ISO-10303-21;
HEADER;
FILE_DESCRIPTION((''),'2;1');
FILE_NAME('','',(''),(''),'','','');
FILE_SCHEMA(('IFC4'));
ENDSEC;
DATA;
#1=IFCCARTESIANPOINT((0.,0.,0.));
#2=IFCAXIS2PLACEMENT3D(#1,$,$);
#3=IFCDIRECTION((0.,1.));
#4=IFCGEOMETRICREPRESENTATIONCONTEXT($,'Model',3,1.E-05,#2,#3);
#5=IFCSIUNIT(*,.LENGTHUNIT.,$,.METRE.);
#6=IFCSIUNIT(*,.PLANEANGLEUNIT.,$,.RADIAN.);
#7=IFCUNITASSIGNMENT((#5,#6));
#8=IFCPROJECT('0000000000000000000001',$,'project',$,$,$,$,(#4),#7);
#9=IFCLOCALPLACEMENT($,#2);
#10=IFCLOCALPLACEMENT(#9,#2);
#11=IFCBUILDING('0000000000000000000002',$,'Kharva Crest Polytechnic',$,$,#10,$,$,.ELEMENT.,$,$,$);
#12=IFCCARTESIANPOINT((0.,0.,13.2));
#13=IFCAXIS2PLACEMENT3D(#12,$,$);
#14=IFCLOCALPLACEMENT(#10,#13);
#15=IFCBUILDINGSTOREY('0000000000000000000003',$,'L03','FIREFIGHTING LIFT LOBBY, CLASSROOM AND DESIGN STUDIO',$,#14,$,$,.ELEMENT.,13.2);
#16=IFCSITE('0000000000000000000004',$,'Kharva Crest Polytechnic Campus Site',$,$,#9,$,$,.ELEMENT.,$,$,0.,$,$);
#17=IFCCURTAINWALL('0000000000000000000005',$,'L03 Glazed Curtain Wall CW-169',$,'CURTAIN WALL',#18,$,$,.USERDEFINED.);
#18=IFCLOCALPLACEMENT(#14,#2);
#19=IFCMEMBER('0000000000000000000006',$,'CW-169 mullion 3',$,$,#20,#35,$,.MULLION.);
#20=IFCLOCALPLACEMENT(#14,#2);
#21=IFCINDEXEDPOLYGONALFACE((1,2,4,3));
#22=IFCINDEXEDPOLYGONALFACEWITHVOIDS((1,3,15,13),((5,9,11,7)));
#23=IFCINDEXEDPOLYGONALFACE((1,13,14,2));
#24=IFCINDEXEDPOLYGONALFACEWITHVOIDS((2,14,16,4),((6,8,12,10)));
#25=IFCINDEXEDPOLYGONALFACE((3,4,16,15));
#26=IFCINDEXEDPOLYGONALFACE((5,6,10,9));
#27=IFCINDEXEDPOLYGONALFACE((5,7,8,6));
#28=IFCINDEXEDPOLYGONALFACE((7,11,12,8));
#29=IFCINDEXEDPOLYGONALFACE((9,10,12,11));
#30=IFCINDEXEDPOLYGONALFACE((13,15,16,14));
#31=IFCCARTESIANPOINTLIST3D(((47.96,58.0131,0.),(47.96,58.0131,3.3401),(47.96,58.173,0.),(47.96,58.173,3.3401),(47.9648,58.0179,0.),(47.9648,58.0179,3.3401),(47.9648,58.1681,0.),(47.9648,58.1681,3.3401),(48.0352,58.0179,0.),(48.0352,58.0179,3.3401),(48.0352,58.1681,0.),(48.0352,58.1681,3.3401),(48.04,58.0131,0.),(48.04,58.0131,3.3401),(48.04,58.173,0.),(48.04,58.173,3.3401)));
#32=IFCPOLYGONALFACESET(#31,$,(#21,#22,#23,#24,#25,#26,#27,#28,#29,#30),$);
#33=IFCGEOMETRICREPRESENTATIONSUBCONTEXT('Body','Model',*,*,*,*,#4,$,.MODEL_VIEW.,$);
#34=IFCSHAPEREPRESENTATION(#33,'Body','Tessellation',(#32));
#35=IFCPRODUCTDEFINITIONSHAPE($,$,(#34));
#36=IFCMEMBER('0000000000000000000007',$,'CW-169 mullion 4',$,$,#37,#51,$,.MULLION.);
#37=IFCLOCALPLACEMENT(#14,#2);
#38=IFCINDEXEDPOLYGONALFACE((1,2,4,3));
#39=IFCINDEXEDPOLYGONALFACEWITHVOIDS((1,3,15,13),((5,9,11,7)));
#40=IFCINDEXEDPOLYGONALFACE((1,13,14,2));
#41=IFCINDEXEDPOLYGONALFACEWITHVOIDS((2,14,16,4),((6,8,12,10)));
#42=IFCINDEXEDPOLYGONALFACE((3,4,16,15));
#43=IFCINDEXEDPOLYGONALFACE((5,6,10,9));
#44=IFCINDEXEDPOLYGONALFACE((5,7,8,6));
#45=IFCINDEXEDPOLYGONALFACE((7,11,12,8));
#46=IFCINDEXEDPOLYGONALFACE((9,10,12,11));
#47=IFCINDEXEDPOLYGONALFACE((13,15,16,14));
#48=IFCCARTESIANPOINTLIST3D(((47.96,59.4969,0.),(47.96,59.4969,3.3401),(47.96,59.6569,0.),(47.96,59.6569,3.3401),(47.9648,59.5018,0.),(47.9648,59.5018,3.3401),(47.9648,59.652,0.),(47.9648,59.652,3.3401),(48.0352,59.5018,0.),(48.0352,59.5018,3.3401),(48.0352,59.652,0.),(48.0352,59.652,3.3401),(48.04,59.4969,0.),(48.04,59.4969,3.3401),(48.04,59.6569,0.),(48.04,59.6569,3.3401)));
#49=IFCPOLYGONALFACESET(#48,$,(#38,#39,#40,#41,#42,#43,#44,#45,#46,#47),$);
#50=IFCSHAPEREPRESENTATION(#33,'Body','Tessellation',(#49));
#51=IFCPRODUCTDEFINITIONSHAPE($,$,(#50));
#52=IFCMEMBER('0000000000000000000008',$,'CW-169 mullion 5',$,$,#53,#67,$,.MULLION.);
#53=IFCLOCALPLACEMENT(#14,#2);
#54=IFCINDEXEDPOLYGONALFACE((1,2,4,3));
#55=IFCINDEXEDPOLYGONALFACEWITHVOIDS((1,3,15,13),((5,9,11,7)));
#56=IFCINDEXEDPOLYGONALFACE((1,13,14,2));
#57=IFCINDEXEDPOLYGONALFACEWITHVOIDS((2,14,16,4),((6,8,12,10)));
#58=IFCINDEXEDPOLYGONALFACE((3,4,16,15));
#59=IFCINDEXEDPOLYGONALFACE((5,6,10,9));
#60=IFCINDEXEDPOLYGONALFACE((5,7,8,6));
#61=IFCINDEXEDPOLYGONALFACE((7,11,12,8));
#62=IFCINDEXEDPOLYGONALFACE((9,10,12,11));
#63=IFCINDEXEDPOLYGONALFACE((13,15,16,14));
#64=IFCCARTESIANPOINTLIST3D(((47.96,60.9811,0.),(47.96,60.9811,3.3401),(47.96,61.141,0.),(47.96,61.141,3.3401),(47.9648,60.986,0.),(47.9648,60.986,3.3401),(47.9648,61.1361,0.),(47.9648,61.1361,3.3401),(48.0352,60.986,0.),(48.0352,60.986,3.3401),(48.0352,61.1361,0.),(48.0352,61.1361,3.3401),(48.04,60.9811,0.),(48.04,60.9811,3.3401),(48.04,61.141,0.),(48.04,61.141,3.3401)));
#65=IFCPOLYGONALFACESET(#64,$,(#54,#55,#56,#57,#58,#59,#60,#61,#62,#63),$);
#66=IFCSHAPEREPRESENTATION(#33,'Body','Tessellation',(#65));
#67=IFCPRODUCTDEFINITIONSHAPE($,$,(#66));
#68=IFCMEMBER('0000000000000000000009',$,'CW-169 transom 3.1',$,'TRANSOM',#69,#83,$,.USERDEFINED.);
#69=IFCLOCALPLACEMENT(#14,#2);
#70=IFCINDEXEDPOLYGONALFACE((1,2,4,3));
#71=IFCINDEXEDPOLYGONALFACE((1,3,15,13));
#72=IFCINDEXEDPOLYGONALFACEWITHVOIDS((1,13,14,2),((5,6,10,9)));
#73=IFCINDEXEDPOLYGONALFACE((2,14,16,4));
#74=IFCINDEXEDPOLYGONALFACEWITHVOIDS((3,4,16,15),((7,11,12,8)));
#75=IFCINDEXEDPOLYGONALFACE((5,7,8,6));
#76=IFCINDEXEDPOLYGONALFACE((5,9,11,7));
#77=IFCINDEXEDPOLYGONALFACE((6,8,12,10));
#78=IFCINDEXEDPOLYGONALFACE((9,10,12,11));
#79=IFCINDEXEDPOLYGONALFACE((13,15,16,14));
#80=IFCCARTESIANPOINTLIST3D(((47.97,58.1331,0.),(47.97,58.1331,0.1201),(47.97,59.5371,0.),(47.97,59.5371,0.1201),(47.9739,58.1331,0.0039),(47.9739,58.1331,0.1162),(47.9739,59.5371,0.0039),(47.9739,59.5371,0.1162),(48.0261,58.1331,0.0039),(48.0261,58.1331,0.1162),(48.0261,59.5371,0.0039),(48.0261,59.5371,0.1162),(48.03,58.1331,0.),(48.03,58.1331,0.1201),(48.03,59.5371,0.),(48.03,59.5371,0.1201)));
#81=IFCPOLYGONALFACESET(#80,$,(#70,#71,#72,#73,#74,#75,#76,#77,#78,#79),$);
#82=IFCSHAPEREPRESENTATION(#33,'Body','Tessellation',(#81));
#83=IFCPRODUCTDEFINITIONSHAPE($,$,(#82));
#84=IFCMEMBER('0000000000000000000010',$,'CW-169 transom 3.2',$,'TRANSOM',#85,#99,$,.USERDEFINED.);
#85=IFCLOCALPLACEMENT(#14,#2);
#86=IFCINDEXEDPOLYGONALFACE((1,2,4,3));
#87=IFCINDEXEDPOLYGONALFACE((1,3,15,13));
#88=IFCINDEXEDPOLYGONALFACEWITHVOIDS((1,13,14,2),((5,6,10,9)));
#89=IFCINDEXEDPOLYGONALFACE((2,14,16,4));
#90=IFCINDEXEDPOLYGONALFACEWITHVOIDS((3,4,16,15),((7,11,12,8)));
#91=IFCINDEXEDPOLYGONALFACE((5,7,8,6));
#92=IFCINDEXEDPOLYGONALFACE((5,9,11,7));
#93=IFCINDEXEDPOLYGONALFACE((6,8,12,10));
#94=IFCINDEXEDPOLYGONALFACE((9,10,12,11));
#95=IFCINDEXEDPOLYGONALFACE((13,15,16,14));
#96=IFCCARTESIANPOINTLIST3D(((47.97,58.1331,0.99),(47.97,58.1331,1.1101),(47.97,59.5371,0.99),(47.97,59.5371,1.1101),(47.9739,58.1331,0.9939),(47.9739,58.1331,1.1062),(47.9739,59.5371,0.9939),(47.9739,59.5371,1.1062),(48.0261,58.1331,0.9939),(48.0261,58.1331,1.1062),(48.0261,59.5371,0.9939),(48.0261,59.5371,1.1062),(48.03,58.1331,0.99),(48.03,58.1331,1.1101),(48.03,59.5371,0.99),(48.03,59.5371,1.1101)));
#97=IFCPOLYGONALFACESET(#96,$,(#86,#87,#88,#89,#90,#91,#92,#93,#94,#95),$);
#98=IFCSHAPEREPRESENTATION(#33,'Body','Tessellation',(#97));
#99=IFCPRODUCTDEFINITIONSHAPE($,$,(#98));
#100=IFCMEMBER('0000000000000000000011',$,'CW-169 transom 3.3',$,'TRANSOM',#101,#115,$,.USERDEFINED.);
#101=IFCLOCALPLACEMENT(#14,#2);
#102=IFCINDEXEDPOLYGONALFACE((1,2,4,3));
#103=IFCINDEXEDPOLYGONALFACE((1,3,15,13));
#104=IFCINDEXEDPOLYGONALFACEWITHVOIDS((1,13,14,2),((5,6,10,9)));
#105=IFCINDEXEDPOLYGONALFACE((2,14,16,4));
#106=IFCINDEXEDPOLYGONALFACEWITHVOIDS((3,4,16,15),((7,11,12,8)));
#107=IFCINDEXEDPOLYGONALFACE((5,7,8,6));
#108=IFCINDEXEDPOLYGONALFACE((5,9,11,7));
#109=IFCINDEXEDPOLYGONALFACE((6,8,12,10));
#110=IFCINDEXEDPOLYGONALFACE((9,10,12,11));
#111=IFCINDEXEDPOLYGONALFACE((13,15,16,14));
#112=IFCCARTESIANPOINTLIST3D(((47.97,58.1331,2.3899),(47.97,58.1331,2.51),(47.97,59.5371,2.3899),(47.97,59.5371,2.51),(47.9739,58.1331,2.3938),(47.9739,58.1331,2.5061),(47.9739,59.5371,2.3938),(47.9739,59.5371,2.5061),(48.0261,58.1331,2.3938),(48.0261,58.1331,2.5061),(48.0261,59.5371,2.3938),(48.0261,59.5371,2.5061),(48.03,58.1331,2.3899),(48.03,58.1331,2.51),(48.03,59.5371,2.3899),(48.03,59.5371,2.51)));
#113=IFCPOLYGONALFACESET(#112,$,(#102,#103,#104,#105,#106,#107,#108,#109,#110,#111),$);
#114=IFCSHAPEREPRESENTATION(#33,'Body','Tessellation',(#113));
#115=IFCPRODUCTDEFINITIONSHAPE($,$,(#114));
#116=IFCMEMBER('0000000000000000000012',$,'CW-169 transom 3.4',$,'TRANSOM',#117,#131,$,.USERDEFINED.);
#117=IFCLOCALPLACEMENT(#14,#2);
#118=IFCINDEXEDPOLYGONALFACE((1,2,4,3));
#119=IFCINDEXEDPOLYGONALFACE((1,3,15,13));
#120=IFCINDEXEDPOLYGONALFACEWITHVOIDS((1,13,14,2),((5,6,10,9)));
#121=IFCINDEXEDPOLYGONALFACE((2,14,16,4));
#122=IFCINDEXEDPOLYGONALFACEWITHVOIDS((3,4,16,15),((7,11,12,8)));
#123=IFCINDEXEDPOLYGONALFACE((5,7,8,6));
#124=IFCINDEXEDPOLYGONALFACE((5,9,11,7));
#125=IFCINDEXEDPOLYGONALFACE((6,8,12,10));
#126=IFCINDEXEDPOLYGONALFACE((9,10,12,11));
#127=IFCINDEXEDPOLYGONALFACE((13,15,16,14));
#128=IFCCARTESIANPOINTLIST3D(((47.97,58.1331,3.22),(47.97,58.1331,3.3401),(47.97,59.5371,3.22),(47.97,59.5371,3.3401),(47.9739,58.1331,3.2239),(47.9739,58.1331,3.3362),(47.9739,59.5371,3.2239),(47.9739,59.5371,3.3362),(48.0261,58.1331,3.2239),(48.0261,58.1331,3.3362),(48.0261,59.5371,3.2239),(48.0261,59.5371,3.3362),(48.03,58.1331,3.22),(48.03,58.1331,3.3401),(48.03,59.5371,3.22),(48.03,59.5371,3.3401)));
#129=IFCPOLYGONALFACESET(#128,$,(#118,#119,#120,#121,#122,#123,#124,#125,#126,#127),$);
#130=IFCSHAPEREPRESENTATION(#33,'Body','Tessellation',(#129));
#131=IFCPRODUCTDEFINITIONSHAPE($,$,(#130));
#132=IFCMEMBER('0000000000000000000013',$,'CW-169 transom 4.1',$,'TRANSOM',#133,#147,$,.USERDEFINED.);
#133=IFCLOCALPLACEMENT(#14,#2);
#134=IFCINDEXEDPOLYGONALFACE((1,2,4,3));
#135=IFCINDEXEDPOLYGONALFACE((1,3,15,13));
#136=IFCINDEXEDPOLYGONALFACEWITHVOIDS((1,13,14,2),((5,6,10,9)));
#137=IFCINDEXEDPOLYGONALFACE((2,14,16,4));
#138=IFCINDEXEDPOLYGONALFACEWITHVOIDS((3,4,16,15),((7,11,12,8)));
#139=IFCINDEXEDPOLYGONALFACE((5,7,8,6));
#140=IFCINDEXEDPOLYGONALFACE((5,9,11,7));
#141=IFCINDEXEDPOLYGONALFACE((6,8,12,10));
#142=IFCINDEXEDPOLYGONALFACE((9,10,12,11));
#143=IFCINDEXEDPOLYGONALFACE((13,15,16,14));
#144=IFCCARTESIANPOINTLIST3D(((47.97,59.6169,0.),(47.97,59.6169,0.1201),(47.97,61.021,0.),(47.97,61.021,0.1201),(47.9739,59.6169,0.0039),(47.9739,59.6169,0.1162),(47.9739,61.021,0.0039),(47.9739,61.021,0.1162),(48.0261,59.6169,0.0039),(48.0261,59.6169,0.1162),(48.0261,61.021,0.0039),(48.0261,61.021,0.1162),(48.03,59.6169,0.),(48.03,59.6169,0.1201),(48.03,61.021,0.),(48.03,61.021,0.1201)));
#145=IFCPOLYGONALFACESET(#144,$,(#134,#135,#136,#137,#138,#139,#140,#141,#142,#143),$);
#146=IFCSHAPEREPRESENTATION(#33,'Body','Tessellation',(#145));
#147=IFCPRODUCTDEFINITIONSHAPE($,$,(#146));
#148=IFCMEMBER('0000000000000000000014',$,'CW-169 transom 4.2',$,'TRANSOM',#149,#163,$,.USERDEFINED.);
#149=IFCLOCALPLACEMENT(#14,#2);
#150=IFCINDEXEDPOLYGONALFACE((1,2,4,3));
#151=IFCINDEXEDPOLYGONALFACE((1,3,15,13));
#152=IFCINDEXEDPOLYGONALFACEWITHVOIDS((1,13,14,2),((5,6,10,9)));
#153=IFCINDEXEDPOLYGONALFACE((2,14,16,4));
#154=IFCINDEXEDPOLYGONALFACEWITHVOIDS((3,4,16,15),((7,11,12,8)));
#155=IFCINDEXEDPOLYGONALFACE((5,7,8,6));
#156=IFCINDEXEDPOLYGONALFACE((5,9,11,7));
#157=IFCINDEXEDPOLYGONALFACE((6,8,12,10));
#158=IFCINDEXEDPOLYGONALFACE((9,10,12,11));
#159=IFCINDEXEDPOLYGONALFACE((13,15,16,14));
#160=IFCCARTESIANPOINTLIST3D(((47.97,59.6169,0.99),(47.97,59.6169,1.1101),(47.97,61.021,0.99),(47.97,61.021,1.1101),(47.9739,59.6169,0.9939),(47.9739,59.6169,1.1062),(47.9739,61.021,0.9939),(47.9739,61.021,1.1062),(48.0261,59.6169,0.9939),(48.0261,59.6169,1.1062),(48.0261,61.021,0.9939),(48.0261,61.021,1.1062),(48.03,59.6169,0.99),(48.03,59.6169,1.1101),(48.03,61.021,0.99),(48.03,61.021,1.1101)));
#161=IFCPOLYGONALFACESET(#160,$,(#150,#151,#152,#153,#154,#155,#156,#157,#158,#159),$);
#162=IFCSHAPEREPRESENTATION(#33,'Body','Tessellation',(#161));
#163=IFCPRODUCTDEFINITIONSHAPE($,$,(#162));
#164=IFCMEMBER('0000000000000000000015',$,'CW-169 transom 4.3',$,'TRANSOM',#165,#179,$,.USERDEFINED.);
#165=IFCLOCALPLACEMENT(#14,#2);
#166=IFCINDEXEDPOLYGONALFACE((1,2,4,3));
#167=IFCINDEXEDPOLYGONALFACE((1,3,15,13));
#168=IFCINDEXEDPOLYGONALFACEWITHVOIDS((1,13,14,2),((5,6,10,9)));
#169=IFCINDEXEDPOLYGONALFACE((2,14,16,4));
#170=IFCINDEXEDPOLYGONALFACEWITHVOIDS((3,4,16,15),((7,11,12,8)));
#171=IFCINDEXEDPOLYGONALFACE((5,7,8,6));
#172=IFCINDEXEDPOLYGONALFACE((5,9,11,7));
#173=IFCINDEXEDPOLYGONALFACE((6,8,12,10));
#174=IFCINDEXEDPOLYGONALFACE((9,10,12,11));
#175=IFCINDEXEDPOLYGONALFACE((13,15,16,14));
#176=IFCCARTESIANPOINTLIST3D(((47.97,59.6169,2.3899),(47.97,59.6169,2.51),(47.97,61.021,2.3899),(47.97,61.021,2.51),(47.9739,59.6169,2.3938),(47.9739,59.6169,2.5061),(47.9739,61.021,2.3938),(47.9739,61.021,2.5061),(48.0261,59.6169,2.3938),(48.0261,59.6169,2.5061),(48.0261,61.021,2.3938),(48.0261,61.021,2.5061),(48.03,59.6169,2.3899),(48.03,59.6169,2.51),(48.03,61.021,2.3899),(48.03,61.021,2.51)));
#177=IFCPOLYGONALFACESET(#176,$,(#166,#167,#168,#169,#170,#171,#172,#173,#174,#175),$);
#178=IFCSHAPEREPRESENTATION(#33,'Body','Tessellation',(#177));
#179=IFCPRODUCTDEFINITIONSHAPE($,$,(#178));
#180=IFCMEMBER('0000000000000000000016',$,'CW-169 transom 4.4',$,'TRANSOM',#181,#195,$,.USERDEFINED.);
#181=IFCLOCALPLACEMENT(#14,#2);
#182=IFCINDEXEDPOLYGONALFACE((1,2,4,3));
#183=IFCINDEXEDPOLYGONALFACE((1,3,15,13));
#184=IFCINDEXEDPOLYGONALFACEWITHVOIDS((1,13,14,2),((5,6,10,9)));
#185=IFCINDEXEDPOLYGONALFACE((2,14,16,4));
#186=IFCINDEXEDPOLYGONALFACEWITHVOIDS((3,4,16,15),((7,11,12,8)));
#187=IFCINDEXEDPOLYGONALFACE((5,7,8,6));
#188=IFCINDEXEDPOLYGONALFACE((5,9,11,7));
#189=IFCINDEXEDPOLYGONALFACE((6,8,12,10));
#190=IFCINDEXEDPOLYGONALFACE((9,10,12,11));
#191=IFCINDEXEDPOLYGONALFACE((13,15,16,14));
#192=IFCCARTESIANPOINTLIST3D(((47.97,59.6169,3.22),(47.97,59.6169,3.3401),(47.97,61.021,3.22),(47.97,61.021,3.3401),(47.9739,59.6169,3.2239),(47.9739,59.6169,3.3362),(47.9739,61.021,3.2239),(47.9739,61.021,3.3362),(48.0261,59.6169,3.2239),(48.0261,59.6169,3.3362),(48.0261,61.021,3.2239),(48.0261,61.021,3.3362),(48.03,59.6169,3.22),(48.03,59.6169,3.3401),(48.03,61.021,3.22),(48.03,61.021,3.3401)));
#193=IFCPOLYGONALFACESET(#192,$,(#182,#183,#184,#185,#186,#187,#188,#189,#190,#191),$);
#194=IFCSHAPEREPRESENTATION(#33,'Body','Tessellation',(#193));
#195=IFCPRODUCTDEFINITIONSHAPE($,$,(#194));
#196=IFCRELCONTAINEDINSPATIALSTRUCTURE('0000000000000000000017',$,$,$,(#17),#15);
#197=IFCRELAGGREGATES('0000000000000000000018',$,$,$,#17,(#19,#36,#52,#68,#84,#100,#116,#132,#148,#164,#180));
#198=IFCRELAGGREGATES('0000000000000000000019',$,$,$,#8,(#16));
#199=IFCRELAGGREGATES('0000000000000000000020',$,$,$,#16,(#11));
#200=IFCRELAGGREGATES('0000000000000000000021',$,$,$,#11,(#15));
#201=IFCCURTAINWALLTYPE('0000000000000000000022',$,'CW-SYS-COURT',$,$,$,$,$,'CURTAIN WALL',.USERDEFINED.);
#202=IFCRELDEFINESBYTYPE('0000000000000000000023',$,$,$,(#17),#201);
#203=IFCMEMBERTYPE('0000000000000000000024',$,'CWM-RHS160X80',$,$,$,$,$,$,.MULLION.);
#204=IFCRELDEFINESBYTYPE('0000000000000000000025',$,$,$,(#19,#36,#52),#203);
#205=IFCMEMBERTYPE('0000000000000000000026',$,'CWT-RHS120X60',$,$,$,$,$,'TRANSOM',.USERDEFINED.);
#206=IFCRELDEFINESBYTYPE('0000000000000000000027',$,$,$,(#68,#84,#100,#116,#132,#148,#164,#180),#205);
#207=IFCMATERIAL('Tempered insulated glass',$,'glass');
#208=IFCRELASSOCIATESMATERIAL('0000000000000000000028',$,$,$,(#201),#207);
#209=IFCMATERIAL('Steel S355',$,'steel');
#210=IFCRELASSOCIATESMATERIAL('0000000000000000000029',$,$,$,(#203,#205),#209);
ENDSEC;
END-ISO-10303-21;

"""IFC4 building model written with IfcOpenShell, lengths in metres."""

from ifc_helpers import new_model, si_unit, direction, frame, origin, origin_2d, place, context, subcontext, project, spatial, hollow_rectangle, extrude, material, material_profile, profile_set, type_object, element, aggregate, save


model = new_model("IFC4")

# Units and contexts
model_context = context("Model", 3, precision=1e-05, world=origin(), true_north=direction((0.0, 1.0)))
body_context = subcontext(model_context, "Body", "Model", "MODEL_VIEW")
ifc_project = project(units=[si_unit("LENGTHUNIT", "METRE"), si_unit("PLANEANGLEUNIT", "RADIAN")], contexts=[model_context])

# Site, building, storey
site_placement = place(None, origin())
site = spatial("IfcSite", under=ifc_project, at=site_placement, Name="Kharva Crest Polytechnic Campus Site", CompositionType="ELEMENT", RefElevation=0.0)
building_placement = place(site_placement, origin())
building = spatial("IfcBuilding", under=site, at=building_placement, Name="Kharva Crest Polytechnic", CompositionType="ELEMENT")
storey_placement = place(building_placement, frame((0.0, 0.0, 13.2)))
storey = spatial("IfcBuildingStorey", under=building, at=storey_placement, Name="L03", Description="FIREFIGHTING LIFT LOBBY, CLASSROOM AND DESIGN STUDIO", CompositionType="ELEMENT", Elevation=13.2)

# Curtain wall, members
ifc_material_1 = material(Name="Tempered insulated glass", Category="glass")
curtain_wall_type = type_object("IfcCurtainWallType", Name="CW-SYS-COURT", ElementType="CURTAIN WALL", PredefinedType="USERDEFINED", material=ifc_material_1)
curtain_wall_placement = place(storey_placement, origin())
curtain_wall = element("IfcCurtainWall", 1, at=curtain_wall_placement, inside=storey, type_object=curtain_wall_type, Name="L03 Glazed Curtain Wall CW-169", ObjectType="CURTAIN WALL", PredefinedType="USERDEFINED")
ifc_material_2 = material(Name="Steel S355", Category="steel")
ifc_material_profile_1 = material_profile(ifc_material_2, hollow_rectangle(XDim=0.0801, YDim=0.1599, WallThickness=0.0049, at=origin_2d()), Name="RHS 160X80X5.0")
ifc_profile_set_1 = profile_set([ifc_material_profile_1], Name="Steel S355")
member_type_1 = type_object("IfcMemberType", Name="CWM-RHS160X80", PredefinedType="MULLION", material=ifc_profile_set_1)
member_1_placement = place(storey_placement, frame((48.0, 58.093, 0.0), z_axis=(0.0, 0.0, 1.0), x_axis=(-1.0, 0.0, 0.0)))
member_1 = element("IfcMember", 2, at=member_1_placement, type_object=member_type_1, Name="CW-169 mullion 3", PredefinedType="MULLION", context=body_context, shape_type="SweptSolid", body=[
    extrude(hollow_rectangle(XDim=0.0801, YDim=0.1599, WallThickness=0.0049, at=origin_2d()), origin(), (0.0, 0.0, 1.0), 3.3401),
])
member_2_placement = place(storey_placement, frame((48.0, 59.5769, 0.0), z_axis=(0.0, 0.0, 1.0), x_axis=(-1.0, 0.0, 0.0)))
member_2 = element("IfcMember", 3, at=member_2_placement, type_object=member_type_1, Name="CW-169 mullion 4", PredefinedType="MULLION", context=body_context, shape_type="SweptSolid", body=[
    extrude(hollow_rectangle(XDim=0.0801, YDim=0.1599, WallThickness=0.0049, at=origin_2d()), origin(), (0.0, 0.0, 1.0), 3.3401),
])
member_3_placement = place(storey_placement, frame((48.0, 61.061, 0.0), z_axis=(0.0, 0.0, 1.0), x_axis=(-1.0, 0.0, 0.0)))
member_3 = element("IfcMember", 4, at=member_3_placement, type_object=member_type_1, Name="CW-169 mullion 5", PredefinedType="MULLION", context=body_context, shape_type="SweptSolid", body=[
    extrude(hollow_rectangle(XDim=0.0801, YDim=0.1599, WallThickness=0.0049, at=origin_2d()), origin(), (0.0, 0.0, 1.0), 3.3401),
])
ifc_material_profile_2 = material_profile(ifc_material_2, hollow_rectangle(XDim=0.0601, YDim=0.1201, WallThickness=0.0039, at=origin_2d()), Name="RHS 120X60X4.0")
ifc_profile_set_2 = profile_set([ifc_material_profile_2], Name="Steel S355")
member_type_2 = type_object("IfcMemberType", Name="CWT-RHS120X60", ElementType="TRANSOM", PredefinedType="USERDEFINED", material=ifc_profile_set_2)
member_4_placement = place(storey_placement, frame((48.0, 58.1331, 0.0601), z_axis=(0.0, 1.0, 0.0), x_axis=(-1.0, 0.0, 0.0)))
member_4 = element("IfcMember", 5, at=member_4_placement, type_object=member_type_2, Name="CW-169 transom 3.1", ObjectType="TRANSOM", PredefinedType="USERDEFINED", context=body_context, shape_type="SweptSolid", body=[
    extrude(hollow_rectangle(XDim=0.0601, YDim=0.1201, WallThickness=0.0039, at=origin_2d()), origin(), (0.0, 0.0, 1.0), 1.4041),
])
member_5_placement = place(storey_placement, frame((48.0, 58.1331, 1.05), z_axis=(0.0, 1.0, 0.0), x_axis=(-1.0, 0.0, 0.0)))
member_5 = element("IfcMember", 6, at=member_5_placement, type_object=member_type_2, Name="CW-169 transom 3.2", ObjectType="TRANSOM", PredefinedType="USERDEFINED", context=body_context, shape_type="SweptSolid", body=[
    extrude(hollow_rectangle(XDim=0.0601, YDim=0.1201, WallThickness=0.0039, at=origin_2d()), origin(), (0.0, 0.0, 1.0), 1.4041),
])
member_6_placement = place(storey_placement, frame((48.0, 58.1331, 2.45), z_axis=(0.0, 1.0, 0.0), x_axis=(-1.0, 0.0, 0.0)))
member_6 = element("IfcMember", 7, at=member_6_placement, type_object=member_type_2, Name="CW-169 transom 3.3", ObjectType="TRANSOM", PredefinedType="USERDEFINED", context=body_context, shape_type="SweptSolid", body=[
    extrude(hollow_rectangle(XDim=0.0601, YDim=0.1201, WallThickness=0.0039, at=origin_2d()), origin(), (0.0, 0.0, 1.0), 1.4041),
])
member_7_placement = place(storey_placement, frame((48.0, 58.1331, 3.28), z_axis=(0.0, 1.0, 0.0), x_axis=(-1.0, 0.0, 0.0)))
member_7 = element("IfcMember", 8, at=member_7_placement, type_object=member_type_2, Name="CW-169 transom 3.4", ObjectType="TRANSOM", PredefinedType="USERDEFINED", context=body_context, shape_type="SweptSolid", body=[
    extrude(hollow_rectangle(XDim=0.0601, YDim=0.1201, WallThickness=0.0039, at=origin_2d()), origin(), (0.0, 0.0, 1.0), 1.4041),
])
member_8_placement = place(storey_placement, frame((48.0, 59.6169, 0.0601), z_axis=(0.0, 1.0, 0.0), x_axis=(-1.0, 0.0, 0.0)))
member_8 = element("IfcMember", 9, at=member_8_placement, type_object=member_type_2, Name="CW-169 transom 4.1", ObjectType="TRANSOM", PredefinedType="USERDEFINED", context=body_context, shape_type="SweptSolid", body=[
    extrude(hollow_rectangle(XDim=0.0601, YDim=0.1201, WallThickness=0.0039, at=origin_2d()), origin(), (0.0, 0.0, 1.0), 1.4041),
])
member_9_placement = place(storey_placement, frame((48.0, 59.6169, 1.05), z_axis=(0.0, 1.0, 0.0), x_axis=(-1.0, 0.0, 0.0)))
member_9 = element("IfcMember", 10, at=member_9_placement, type_object=member_type_2, Name="CW-169 transom 4.2", ObjectType="TRANSOM", PredefinedType="USERDEFINED", context=body_context, shape_type="SweptSolid", body=[
    extrude(hollow_rectangle(XDim=0.0601, YDim=0.1201, WallThickness=0.0039, at=origin_2d()), origin(), (0.0, 0.0, 1.0), 1.4041),
])
member_10_placement = place(storey_placement, frame((48.0, 59.6169, 2.45), z_axis=(0.0, 1.0, 0.0), x_axis=(-1.0, 0.0, 0.0)))
member_10 = element("IfcMember", 11, at=member_10_placement, type_object=member_type_2, Name="CW-169 transom 4.3", ObjectType="TRANSOM", PredefinedType="USERDEFINED", context=body_context, shape_type="SweptSolid", body=[
    extrude(hollow_rectangle(XDim=0.0601, YDim=0.1201, WallThickness=0.0039, at=origin_2d()), origin(), (0.0, 0.0, 1.0), 1.4041),
])
member_11_placement = place(storey_placement, frame((48.0, 59.6169, 3.28), z_axis=(0.0, 1.0, 0.0), x_axis=(-1.0, 0.0, 0.0)))
member_11 = element("IfcMember", 12, at=member_11_placement, type_object=member_type_2, Name="CW-169 transom 4.4", ObjectType="TRANSOM", PredefinedType="USERDEFINED", context=body_context, shape_type="SweptSolid", body=[
    extrude(hollow_rectangle(XDim=0.0601, YDim=0.1201, WallThickness=0.0039, at=origin_2d()), origin(), (0.0, 0.0, 1.0), 1.4041),
])
aggregate(curtain_wall, [member_1, member_2, member_3, member_4, member_5, member_6, member_7, member_8, member_9, member_10, member_11])

save(model, "model.ifc")
